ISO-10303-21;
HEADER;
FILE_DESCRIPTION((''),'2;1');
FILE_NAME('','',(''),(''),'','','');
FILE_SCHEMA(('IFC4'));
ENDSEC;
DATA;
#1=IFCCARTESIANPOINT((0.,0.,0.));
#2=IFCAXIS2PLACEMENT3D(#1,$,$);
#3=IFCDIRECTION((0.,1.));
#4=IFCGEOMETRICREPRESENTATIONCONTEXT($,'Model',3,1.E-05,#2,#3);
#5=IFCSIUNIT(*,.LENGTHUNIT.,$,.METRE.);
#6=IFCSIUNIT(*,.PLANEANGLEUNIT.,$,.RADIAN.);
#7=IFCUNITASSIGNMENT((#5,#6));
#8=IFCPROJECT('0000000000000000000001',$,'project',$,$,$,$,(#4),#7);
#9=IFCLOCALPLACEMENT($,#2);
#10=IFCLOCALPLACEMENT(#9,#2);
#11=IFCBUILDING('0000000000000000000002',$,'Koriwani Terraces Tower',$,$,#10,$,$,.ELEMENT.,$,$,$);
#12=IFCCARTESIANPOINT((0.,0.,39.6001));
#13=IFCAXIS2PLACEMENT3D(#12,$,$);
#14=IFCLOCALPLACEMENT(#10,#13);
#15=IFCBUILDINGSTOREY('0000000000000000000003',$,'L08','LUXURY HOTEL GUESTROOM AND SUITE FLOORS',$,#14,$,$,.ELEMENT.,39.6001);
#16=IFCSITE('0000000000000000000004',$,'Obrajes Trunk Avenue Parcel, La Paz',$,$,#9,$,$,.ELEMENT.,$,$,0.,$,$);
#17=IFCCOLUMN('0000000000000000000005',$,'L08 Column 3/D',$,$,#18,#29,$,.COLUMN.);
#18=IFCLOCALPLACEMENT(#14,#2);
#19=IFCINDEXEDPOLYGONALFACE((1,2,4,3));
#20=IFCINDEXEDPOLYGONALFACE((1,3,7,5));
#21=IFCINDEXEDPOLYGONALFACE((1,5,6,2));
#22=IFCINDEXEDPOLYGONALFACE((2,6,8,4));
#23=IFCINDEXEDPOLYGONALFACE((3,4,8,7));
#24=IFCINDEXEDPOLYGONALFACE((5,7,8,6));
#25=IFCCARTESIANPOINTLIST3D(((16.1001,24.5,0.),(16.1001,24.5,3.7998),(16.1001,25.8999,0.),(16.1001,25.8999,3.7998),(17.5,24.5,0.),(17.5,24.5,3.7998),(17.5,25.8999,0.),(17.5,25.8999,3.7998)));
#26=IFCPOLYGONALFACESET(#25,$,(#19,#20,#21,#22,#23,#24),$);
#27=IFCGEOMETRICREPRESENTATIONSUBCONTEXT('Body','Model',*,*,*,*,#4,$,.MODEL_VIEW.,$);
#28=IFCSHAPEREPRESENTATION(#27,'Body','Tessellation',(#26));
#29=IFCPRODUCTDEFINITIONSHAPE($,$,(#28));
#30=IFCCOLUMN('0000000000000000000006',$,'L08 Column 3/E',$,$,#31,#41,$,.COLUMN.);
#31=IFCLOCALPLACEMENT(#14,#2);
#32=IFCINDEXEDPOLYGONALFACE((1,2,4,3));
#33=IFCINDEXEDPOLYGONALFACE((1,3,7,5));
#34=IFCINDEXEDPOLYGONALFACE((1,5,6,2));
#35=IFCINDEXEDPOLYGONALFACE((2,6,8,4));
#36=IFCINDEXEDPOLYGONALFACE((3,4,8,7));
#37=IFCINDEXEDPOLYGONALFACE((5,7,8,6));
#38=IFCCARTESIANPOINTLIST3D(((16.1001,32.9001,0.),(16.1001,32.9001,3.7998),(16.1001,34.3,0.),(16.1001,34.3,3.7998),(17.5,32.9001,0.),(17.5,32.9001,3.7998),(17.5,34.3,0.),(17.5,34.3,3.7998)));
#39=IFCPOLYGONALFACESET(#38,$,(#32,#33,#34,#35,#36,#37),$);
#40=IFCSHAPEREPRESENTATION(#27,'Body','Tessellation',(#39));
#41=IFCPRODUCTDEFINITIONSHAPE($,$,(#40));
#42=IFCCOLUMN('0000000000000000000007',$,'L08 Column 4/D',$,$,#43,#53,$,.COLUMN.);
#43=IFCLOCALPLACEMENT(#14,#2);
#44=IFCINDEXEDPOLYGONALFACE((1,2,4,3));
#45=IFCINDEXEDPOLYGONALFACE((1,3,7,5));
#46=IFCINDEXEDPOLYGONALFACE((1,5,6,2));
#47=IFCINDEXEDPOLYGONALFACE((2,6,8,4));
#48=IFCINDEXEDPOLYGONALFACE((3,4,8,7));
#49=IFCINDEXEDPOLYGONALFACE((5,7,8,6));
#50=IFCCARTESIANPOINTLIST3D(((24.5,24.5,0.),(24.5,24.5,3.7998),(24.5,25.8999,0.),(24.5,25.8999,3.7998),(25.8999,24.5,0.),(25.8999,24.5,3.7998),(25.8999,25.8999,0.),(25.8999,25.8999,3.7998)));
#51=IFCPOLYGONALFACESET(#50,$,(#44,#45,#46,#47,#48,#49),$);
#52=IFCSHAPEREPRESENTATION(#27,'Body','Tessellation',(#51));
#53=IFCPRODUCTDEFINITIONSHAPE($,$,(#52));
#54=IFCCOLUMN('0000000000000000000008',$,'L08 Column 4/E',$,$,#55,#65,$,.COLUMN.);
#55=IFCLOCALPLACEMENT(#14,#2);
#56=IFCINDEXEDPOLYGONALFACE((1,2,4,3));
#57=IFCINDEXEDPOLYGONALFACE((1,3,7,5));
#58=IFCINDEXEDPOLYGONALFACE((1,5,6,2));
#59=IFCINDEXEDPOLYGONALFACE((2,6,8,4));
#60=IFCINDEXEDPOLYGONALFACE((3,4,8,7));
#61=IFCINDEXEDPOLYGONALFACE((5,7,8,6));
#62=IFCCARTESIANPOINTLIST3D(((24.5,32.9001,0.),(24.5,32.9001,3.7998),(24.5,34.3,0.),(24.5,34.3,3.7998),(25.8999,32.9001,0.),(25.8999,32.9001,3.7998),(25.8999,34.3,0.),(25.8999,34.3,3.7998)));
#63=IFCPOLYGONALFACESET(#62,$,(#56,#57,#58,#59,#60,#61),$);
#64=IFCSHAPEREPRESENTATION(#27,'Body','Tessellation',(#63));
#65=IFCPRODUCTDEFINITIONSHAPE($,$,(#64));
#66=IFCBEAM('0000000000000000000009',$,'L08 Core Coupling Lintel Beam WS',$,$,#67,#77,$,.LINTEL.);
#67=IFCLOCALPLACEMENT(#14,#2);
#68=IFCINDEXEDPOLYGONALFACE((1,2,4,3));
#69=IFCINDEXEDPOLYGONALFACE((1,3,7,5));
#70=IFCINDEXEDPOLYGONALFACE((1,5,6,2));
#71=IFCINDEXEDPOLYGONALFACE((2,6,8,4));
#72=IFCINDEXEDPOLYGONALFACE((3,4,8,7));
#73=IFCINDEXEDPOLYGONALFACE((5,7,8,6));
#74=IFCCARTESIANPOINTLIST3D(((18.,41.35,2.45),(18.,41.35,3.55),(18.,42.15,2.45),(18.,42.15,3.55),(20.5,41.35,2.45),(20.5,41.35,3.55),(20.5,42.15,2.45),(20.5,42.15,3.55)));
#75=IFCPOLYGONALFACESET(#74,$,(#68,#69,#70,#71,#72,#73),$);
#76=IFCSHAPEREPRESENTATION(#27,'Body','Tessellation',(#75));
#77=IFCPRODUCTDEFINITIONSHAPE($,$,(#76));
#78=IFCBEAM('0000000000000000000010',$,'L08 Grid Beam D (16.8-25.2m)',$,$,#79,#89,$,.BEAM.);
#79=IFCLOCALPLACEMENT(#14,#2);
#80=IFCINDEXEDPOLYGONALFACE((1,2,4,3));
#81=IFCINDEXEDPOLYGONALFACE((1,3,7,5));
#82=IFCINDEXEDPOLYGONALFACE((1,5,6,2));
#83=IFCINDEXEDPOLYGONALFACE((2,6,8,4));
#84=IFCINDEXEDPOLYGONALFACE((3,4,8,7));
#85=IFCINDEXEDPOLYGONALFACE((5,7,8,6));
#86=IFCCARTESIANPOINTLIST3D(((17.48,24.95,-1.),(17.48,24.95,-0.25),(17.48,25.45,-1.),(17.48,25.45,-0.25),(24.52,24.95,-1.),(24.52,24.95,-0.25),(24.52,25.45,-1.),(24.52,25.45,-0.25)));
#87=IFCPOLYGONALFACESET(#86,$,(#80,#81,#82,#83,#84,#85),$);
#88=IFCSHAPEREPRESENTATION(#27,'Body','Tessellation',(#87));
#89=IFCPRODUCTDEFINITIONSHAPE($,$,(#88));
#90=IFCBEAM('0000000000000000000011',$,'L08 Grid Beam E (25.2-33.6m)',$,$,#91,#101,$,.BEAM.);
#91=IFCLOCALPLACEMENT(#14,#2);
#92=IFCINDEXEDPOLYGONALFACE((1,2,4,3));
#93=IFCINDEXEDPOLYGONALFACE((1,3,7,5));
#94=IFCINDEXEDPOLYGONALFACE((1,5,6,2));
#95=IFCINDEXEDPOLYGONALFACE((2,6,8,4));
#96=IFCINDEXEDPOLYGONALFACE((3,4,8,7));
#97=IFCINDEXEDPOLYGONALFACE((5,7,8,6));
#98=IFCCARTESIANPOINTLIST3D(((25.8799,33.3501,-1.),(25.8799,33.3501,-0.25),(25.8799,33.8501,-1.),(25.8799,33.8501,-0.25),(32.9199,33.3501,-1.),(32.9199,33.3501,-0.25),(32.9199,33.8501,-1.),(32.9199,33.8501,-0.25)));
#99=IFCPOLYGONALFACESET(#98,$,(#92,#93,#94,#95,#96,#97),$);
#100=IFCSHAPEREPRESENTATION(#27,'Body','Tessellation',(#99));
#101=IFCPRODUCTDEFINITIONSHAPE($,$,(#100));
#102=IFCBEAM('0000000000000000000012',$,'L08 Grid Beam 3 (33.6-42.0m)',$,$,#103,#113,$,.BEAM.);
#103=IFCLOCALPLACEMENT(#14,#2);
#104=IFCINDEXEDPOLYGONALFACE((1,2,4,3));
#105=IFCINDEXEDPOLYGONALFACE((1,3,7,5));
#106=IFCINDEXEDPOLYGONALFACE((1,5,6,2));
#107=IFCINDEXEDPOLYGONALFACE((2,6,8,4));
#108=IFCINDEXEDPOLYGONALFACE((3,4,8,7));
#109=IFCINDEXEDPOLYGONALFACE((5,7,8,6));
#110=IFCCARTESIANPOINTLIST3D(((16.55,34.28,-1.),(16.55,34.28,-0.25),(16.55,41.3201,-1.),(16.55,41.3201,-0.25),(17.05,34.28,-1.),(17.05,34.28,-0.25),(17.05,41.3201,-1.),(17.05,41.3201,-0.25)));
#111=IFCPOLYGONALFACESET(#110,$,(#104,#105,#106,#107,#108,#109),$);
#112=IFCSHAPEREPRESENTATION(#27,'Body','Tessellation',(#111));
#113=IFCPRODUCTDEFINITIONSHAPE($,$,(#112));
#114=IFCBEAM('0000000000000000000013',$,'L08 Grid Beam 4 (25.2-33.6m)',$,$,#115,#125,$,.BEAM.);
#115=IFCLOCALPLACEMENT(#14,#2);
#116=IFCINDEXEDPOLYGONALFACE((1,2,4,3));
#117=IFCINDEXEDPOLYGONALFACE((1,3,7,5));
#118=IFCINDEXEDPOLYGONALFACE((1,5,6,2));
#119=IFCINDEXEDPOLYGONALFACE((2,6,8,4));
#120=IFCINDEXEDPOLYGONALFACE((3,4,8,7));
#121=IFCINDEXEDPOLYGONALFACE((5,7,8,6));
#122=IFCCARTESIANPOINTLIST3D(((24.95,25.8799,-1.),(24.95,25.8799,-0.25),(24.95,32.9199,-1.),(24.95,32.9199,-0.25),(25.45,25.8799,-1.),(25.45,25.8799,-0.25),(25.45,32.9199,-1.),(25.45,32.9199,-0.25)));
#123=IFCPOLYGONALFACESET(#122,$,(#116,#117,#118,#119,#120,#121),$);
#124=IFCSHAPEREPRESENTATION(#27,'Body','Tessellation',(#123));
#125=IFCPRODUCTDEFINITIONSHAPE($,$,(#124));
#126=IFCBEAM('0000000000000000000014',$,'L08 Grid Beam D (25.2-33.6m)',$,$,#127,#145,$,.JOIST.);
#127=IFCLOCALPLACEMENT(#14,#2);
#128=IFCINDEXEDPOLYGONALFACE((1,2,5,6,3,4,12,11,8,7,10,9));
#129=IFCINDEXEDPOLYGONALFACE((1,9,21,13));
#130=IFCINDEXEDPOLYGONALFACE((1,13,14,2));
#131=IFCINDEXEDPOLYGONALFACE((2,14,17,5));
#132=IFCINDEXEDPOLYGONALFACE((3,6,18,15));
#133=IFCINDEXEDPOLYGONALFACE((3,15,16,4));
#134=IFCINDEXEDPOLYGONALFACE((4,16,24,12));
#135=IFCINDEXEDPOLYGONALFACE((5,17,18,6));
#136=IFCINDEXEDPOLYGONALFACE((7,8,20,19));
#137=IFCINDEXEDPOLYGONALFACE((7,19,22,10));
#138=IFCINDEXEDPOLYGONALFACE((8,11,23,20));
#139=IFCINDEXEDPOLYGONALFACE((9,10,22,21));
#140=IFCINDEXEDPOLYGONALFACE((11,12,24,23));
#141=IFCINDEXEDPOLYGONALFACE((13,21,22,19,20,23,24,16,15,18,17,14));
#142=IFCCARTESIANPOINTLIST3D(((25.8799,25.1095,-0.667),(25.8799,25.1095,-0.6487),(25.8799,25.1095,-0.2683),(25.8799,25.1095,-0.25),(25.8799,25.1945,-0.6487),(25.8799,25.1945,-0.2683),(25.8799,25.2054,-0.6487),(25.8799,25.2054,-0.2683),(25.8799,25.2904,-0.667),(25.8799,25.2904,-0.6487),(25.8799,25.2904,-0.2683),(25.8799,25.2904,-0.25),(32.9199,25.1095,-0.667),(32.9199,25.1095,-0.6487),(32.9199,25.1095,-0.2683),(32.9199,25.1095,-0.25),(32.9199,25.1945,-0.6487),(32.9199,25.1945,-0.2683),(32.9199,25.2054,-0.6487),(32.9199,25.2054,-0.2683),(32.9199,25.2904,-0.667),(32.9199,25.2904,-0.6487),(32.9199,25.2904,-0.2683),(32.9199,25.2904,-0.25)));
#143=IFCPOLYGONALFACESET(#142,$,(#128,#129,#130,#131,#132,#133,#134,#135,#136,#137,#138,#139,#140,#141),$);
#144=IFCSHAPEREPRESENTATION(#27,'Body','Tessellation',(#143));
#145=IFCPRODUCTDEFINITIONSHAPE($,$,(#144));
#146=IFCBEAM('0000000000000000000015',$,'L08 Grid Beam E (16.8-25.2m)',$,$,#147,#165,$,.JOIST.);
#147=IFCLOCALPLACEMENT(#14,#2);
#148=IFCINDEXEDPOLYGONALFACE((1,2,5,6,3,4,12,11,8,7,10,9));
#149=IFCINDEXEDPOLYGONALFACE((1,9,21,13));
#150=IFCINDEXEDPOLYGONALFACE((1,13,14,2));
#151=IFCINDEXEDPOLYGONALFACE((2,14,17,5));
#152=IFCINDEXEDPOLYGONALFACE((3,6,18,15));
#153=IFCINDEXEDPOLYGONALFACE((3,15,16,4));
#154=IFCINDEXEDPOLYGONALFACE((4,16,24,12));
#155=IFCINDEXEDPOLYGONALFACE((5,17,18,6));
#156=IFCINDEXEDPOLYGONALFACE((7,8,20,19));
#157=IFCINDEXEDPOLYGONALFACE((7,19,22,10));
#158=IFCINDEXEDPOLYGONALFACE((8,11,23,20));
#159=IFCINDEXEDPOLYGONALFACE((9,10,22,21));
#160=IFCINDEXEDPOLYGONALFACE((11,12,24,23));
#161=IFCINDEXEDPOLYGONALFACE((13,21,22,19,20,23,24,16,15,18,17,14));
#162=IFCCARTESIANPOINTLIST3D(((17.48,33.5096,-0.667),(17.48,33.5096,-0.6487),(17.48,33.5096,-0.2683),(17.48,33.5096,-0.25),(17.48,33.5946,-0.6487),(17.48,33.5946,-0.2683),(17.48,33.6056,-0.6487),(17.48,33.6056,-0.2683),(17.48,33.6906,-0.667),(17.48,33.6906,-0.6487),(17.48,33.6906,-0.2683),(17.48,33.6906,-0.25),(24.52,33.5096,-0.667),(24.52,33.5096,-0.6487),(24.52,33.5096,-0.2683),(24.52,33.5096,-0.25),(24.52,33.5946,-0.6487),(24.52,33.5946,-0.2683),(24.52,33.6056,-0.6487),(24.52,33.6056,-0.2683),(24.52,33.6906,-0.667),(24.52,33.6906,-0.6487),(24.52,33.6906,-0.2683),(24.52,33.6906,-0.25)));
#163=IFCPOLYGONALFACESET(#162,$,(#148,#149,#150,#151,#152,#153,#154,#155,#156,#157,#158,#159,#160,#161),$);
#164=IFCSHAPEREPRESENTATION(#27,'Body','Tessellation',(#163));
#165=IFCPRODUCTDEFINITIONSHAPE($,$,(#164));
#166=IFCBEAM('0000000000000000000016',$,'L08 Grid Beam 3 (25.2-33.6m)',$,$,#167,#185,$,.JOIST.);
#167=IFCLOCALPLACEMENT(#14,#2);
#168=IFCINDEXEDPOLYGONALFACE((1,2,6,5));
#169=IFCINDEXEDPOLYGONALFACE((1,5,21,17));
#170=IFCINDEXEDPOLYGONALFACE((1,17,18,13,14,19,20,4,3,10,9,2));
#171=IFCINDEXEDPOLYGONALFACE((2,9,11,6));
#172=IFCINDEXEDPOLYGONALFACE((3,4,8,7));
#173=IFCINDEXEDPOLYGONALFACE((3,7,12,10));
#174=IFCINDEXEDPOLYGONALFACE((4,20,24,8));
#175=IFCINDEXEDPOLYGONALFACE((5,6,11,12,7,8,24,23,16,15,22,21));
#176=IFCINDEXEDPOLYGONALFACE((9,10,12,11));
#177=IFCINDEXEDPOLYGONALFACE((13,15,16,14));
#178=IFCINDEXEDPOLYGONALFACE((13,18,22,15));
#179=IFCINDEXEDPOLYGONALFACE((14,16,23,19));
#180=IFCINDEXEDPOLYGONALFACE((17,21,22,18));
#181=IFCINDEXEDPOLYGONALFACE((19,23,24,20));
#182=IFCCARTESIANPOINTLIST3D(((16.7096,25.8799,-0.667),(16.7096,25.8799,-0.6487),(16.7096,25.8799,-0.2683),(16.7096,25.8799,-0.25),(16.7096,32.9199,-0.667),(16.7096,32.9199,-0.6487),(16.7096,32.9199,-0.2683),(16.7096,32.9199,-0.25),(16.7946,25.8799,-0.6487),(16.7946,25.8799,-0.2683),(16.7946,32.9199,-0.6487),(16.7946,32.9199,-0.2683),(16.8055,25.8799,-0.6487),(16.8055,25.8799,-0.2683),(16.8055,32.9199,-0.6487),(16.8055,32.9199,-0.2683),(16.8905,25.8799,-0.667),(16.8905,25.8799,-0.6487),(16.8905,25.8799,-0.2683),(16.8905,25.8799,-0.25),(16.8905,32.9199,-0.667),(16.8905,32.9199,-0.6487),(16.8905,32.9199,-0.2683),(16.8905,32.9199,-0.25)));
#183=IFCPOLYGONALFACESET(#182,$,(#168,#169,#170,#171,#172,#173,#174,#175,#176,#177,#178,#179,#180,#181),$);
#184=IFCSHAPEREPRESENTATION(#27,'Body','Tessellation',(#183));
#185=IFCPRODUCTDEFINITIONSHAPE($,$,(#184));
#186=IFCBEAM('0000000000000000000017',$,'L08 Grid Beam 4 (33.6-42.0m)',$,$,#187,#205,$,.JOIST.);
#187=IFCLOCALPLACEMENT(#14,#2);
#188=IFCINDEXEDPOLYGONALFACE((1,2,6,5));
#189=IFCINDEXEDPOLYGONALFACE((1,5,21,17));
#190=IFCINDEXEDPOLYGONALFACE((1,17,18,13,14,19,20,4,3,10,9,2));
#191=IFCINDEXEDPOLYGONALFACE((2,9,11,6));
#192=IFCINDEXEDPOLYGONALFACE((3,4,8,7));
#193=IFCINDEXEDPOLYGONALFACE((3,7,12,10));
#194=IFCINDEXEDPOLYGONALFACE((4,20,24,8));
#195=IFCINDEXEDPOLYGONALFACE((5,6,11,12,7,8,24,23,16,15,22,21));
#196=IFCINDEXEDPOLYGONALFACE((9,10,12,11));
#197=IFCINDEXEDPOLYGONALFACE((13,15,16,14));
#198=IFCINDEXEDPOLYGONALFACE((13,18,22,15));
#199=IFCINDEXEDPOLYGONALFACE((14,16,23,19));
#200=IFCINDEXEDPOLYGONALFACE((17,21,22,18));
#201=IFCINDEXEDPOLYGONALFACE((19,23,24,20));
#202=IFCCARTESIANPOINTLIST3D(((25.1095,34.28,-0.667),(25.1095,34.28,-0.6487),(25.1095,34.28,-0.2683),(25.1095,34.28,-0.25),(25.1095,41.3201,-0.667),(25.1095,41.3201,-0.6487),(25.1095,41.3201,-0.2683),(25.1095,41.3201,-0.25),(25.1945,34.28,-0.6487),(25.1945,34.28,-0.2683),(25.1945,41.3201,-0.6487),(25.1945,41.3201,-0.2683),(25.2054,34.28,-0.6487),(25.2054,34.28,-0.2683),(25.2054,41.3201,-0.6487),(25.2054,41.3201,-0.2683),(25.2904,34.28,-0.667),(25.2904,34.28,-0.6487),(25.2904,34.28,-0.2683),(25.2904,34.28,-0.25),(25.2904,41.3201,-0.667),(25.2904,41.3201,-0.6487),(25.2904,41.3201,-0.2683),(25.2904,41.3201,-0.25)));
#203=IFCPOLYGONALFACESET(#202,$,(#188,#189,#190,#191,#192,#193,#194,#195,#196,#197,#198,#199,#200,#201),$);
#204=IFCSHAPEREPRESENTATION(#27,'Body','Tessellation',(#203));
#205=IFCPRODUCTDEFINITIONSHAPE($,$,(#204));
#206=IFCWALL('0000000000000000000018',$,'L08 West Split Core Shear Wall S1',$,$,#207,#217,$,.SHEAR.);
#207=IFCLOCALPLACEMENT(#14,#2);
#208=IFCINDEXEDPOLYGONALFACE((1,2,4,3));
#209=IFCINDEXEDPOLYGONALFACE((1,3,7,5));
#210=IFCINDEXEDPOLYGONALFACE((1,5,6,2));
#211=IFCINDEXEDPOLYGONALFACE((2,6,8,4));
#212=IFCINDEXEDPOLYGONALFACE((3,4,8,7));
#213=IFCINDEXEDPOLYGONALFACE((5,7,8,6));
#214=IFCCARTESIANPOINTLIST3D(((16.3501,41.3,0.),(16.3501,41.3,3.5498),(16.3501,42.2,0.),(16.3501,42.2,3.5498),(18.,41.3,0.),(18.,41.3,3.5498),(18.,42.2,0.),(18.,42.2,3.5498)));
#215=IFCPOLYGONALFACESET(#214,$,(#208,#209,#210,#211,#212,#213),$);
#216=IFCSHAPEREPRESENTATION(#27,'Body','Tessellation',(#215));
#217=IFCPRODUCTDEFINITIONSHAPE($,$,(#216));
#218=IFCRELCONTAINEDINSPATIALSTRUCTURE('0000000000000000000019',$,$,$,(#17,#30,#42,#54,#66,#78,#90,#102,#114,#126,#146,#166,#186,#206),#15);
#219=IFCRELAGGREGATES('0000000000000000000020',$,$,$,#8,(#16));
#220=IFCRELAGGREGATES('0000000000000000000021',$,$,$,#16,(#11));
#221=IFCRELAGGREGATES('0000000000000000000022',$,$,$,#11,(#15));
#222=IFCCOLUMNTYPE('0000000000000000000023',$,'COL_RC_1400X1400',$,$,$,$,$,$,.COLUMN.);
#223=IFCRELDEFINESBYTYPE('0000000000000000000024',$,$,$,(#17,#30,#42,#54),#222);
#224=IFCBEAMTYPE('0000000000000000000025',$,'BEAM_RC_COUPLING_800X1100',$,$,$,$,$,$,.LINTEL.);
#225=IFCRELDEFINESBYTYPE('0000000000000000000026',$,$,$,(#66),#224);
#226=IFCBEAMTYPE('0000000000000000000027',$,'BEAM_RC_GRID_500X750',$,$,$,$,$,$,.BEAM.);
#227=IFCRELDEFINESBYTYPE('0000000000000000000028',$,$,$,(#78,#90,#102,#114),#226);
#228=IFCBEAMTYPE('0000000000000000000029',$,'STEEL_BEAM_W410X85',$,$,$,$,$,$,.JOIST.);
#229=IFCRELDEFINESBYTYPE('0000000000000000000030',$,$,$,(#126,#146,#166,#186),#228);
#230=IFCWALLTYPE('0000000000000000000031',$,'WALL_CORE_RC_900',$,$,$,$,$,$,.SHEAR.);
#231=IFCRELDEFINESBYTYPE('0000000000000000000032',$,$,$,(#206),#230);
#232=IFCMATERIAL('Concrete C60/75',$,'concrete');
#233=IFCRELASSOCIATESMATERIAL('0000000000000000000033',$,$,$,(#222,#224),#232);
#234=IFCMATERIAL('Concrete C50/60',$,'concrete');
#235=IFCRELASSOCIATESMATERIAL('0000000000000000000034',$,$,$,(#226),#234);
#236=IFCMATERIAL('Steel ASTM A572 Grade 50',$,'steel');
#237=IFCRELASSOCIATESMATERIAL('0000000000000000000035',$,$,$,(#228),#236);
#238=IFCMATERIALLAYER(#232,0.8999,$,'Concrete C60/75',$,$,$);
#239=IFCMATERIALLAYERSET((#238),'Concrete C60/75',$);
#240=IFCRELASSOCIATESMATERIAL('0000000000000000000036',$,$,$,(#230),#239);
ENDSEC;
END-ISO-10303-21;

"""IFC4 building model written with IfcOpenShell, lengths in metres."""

from ifc_helpers import new_model, si_unit, direction, frame, frame_2d, origin, origin_2d, place, context, subcontext, project, spatial, rectangle, i_section, extrude, material, layer, layer_set, material_profile, profile_set, type_object, element, save


model = new_model("IFC4")

# Units and contexts
model_context = context("Model", 3, precision=1e-05, world=origin(), true_north=direction((0.0, 1.0)))
body_context = subcontext(model_context, "Body", "Model", "MODEL_VIEW")
ifc_project = project(units=[si_unit("LENGTHUNIT", "METRE"), si_unit("PLANEANGLEUNIT", "RADIAN")], contexts=[model_context])

# Site, building, storey
site_placement = place(None, origin())
site = spatial("IfcSite", under=ifc_project, at=site_placement, Name="Obrajes Trunk Avenue Parcel, La Paz", CompositionType="ELEMENT", RefElevation=0.0)
building_placement = place(site_placement, origin())
building = spatial("IfcBuilding", under=site, at=building_placement, Name="Koriwani Terraces Tower", CompositionType="ELEMENT")
storey_placement = place(building_placement, frame((0.0, 0.0, 39.6001)))
storey = spatial("IfcBuildingStorey", under=building, at=storey_placement, Name="L08", Description="LUXURY HOTEL GUESTROOM AND SUITE FLOORS", CompositionType="ELEMENT", Elevation=39.6001)

# Columns
ifc_material_1 = material(Name="Concrete C60/75", Category="concrete")
ifc_material_profile_1 = material_profile(ifc_material_1, rectangle(XDim=1.3999, YDim=1.3999, at=origin_2d()), Name="Concrete C60/75", Category="LoadBearing")
ifc_profile_set_1 = profile_set([ifc_material_profile_1], Name="Concrete C60/75")
column_type = type_object("IfcColumnType", Name="COL_RC_1400X1400", PredefinedType="COLUMN", material=ifc_profile_set_1)
for number, where, z_axis, x_axis, name in (
    (1, (16.8, 25.2, 0.0), (0.0, 0.0, 1.0), (1.0, 0.0, 0.0), "L08 Column 3/D"),
    (2, (16.8, 33.6001, 0.0), (0.0, 0.0, 1.0), (1.0, 0.0, 0.0), "L08 Column 3/E"),
    (3, (25.2, 25.2, 0.0), (0.0, 0.0, 1.0), (1.0, 0.0, 0.0), "L08 Column 4/D"),
    (4, (25.2, 33.6001, 0.0), (0.0, 0.0, 1.0), (1.0, 0.0, 0.0), "L08 Column 4/E"),
):
    element("IfcColumn", number, at=place(storey_placement, frame(where, z_axis=z_axis, x_axis=x_axis)), inside=storey, type_object=column_type, Name=name, PredefinedType="COLUMN", context=body_context, shape_type="SweptSolid", body=[
        extrude(rectangle(XDim=1.3999, YDim=1.3999, at=origin_2d()), origin(), (0.0, 0.0, 1.0), 3.7998),
    ])

# Beams
ifc_material_profile_2 = material_profile(ifc_material_1, rectangle(XDim=0.8, YDim=1.1001, at=origin_2d()), Name="Concrete C60/75", Category="LoadBearing")
ifc_profile_set_2 = profile_set([ifc_material_profile_2], Name="Concrete C60/75")
beam_type_1 = type_object("IfcBeamType", Name="BEAM_RC_COUPLING_800X1100", PredefinedType="LINTEL", material=ifc_profile_set_2)
beam_placement = place(storey_placement, frame((18.0, 41.75, 3.0), z_axis=(1.0, 0.0, 0.0), x_axis=(0.0, 1.0, 0.0)))
element("IfcBeam", 5, at=beam_placement, inside=storey, type_object=beam_type_1, Name="L08 Core Coupling Lintel Beam WS", PredefinedType="LINTEL", context=body_context, shape_type="SweptSolid", body=[
    extrude(rectangle(XDim=0.8, YDim=1.1001, at=origin_2d()), origin(), (0.0, 0.0, 1.0), 2.5),
])
ifc_material_2 = material(Name="Concrete C50/60", Category="concrete")
ifc_material_profile_3 = material_profile(ifc_material_2, rectangle(XDim=0.5, YDim=0.75, at=origin_2d()), Name="Concrete C50/60", Category="LoadBearing")
ifc_profile_set_3 = profile_set([ifc_material_profile_3], Name="Concrete C50/60")
beam_type_2 = type_object("IfcBeamType", Name="BEAM_RC_GRID_500X750", PredefinedType="BEAM", material=ifc_profile_set_3)
for number, where, z_axis, x_axis, name in (
    (6, (17.48, 25.2, -0.625), (1.0, 0.0, 0.0), (0.0, 1.0, 0.0), "L08 Grid Beam D (16.8-25.2m)"),
    (7, (25.8799, 33.6001, -0.625), (1.0, 0.0, 0.0), (0.0, 1.0, 0.0), "L08 Grid Beam E (25.2-33.6m)"),
    (8, (16.8, 34.28, -0.625), (0.0, 1.0, 0.0), (-1.0, 0.0, 0.0), "L08 Grid Beam 3 (33.6-42.0m)"),
    (9, (25.2, 25.8799, -0.625), (0.0, 1.0, 0.0), (-1.0, 0.0, 0.0), "L08 Grid Beam 4 (25.2-33.6m)"),
):
    element("IfcBeam", number, at=place(storey_placement, frame(where, z_axis=z_axis, x_axis=x_axis)), inside=storey, type_object=beam_type_2, Name=name, PredefinedType="BEAM", context=body_context, shape_type="SweptSolid", body=[
        extrude(rectangle(XDim=0.5, YDim=0.75, at=origin_2d()), origin(), (0.0, 0.0, 1.0), 7.04),
    ])
ifc_material_3 = material(Name="Steel ASTM A572 Grade 50", Category="steel")
ifc_material_profile_4 = material_profile(ifc_material_3, i_section(OverallWidth=0.1809, OverallDepth=0.417, WebThickness=0.011, FlangeThickness=0.0183, at=origin_2d()), Name="Steel ASTM A572 Grade 50", Category="LoadBearing")
ifc_profile_set_4 = profile_set([ifc_material_profile_4], Name="Steel ASTM A572 Grade 50")
beam_type_3 = type_object("IfcBeamType", Name="STEEL_BEAM_W410X85", PredefinedType="JOIST", material=ifc_profile_set_4)
for number, where, z_axis, x_axis, name in (
    (10, (25.8799, 25.2, -0.4585), (1.0, 0.0, 0.0), (0.0, 1.0, 0.0), "L08 Grid Beam D (25.2-33.6m)"),
    (11, (17.48, 33.6001, -0.4585), (1.0, 0.0, 0.0), (0.0, 1.0, 0.0), "L08 Grid Beam E (16.8-25.2m)"),
    (12, (16.8, 25.8799, -0.4585), (0.0, 1.0, 0.0), (-1.0, 0.0, 0.0), "L08 Grid Beam 3 (25.2-33.6m)"),
    (13, (25.2, 34.28, -0.4585), (0.0, 1.0, 0.0), (-1.0, 0.0, 0.0), "L08 Grid Beam 4 (33.6-42.0m)"),
):
    element("IfcBeam", number, at=place(storey_placement, frame(where, z_axis=z_axis, x_axis=x_axis)), inside=storey, type_object=beam_type_3, Name=name, PredefinedType="JOIST", context=body_context, shape_type="SweptSolid", body=[
        extrude(i_section(OverallWidth=0.1809, OverallDepth=0.417, WebThickness=0.011, FlangeThickness=0.0183, at=origin_2d()), origin(), (0.0, 0.0, 1.0), 7.04),
    ])

# Wall
ifc_layer_1 = layer(ifc_material_1, 0.8999, Name="Concrete C60/75")
ifc_layer_set_1 = layer_set([ifc_layer_1], Name="Concrete C60/75")
wall_type_1 = type_object("IfcWallType", Name="WALL_CORE_RC_900", PredefinedType="SHEAR", material=ifc_layer_set_1)
wall_1_placement = place(storey_placement, frame((16.3501, 41.75, 0.0), z_axis=(0.0, 0.0, 1.0), x_axis=(1.0, 0.0, 0.0)))
element("IfcWall", 14, at=wall_1_placement, inside=storey, type_object=wall_type_1, Name="L08 West Split Core Shear Wall S1", PredefinedType="SHEAR", context=body_context, shape_type="SweptSolid", body=[
    extrude(rectangle(XDim=1.6499, YDim=0.8999, at=frame_2d((0.825, 0.0))), origin(), (0.0, 0.0, 1.0), 3.5498),
])

save(model, "model.ifc")
